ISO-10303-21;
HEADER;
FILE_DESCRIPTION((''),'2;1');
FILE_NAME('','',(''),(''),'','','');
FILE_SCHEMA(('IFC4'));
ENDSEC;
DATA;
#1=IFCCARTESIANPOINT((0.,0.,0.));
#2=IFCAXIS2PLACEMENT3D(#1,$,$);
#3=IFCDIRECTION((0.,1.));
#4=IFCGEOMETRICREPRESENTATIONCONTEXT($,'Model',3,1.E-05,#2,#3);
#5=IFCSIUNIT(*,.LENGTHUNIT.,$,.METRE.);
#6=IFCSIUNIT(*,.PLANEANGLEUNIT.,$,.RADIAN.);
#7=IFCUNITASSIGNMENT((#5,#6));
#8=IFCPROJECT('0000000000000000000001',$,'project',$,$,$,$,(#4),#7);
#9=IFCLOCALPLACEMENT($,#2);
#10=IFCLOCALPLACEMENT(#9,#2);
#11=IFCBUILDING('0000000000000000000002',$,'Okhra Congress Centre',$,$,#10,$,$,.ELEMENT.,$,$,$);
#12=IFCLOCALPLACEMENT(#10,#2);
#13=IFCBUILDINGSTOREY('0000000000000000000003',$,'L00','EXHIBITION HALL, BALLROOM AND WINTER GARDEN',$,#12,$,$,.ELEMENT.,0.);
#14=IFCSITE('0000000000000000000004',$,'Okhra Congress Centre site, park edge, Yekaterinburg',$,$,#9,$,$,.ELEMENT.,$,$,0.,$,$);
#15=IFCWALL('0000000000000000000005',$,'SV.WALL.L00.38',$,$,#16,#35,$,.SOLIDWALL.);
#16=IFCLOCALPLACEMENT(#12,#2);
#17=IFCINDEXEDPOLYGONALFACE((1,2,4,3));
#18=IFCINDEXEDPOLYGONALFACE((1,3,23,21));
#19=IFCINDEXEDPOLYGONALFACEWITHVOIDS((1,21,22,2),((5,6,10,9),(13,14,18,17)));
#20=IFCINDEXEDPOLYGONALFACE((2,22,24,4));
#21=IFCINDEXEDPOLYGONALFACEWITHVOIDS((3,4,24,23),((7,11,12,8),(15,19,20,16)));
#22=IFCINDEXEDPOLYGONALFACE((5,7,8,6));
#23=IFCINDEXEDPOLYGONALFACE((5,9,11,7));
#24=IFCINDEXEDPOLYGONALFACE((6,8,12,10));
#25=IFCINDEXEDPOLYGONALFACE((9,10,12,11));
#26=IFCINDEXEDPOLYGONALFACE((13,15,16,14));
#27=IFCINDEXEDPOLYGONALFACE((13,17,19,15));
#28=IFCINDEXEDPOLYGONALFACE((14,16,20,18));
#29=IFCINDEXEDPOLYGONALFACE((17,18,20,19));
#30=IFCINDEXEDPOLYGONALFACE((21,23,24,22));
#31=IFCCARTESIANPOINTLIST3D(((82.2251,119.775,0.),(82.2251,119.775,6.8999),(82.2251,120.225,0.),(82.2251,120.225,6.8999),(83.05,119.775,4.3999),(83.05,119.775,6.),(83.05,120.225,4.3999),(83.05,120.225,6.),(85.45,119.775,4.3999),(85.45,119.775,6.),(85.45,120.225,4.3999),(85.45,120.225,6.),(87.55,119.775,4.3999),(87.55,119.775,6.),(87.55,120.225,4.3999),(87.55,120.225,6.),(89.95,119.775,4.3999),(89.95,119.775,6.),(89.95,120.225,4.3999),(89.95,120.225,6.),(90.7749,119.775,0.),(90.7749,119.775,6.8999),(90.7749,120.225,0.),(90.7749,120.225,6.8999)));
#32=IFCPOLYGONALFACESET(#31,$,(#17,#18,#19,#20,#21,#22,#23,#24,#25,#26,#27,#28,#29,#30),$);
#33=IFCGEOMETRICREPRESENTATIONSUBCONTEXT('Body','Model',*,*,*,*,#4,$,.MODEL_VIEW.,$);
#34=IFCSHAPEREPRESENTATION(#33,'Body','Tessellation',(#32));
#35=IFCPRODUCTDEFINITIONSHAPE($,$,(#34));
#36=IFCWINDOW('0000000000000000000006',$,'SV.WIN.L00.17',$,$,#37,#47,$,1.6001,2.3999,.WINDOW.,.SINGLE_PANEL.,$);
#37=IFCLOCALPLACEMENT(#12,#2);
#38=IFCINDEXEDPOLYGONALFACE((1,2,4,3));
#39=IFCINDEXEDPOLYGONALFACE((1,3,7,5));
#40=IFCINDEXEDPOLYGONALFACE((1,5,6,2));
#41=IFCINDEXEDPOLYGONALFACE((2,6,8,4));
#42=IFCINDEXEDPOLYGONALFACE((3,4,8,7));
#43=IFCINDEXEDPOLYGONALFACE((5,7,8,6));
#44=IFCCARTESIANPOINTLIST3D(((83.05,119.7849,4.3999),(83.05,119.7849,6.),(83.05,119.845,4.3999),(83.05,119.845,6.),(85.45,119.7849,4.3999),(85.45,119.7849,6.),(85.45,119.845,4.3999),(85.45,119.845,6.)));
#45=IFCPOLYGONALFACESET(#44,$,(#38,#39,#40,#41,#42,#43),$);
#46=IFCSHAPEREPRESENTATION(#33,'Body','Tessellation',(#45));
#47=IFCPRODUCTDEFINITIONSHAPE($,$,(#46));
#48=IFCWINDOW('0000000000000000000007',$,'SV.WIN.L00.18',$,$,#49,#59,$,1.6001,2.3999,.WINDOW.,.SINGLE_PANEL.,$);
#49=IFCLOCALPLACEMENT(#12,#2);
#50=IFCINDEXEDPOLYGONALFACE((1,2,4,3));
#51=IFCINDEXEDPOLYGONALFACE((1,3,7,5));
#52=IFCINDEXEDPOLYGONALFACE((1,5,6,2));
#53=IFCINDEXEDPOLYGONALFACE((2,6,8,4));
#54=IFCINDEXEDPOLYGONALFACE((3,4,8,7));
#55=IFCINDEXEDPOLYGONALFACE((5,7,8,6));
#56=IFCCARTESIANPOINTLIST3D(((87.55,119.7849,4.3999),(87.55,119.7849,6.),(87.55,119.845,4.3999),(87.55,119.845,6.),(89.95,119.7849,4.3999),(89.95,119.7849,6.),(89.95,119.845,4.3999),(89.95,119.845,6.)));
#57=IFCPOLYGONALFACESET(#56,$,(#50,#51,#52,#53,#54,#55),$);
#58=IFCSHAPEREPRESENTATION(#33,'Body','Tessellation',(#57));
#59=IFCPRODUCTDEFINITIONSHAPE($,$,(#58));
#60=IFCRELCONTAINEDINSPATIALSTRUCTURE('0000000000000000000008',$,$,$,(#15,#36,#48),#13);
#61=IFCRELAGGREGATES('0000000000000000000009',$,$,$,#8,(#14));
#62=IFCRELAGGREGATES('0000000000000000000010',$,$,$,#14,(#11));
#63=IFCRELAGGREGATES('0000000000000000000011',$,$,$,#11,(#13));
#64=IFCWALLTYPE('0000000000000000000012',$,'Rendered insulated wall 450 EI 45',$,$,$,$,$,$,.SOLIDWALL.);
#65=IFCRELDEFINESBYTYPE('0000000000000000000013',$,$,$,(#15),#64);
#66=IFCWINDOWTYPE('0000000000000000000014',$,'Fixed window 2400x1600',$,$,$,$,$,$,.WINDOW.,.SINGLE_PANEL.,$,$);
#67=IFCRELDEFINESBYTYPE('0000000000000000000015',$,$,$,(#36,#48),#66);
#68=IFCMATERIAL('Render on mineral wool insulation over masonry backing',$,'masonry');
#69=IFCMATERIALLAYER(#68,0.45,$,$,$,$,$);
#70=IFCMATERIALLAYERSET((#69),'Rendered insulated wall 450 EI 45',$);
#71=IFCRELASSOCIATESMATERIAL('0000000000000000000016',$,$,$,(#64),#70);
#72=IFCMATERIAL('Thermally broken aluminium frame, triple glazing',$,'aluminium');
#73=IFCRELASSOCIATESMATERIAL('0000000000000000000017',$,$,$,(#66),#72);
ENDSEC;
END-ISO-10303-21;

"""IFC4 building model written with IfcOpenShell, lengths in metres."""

from ifc_helpers import new_model, si_unit, direction, frame, frame_2d, origin, place, context, subcontext, project, spatial, rectangle, extrude, material, layer, layer_set, type_object, element, fill, save


model = new_model("IFC4")

# Units and contexts
model_context = context("Model", 3, precision=1e-05, world=origin(), true_north=direction((0.0, 1.0)))
body_context = subcontext(model_context, "Body", "Model", "MODEL_VIEW")
ifc_project = project(units=[si_unit("LENGTHUNIT", "METRE"), si_unit("PLANEANGLEUNIT", "RADIAN")], contexts=[model_context])

# Site, building, storey
site_placement = place(None, origin())
site = spatial("IfcSite", under=ifc_project, at=site_placement, Name="Okhra Congress Centre site, park edge, Yekaterinburg", CompositionType="ELEMENT", RefElevation=0.0)
building_placement = place(site_placement, origin())
building = spatial("IfcBuilding", under=site, at=building_placement, Name="Okhra Congress Centre", CompositionType="ELEMENT")
storey_placement = place(building_placement, origin())
storey = spatial("IfcBuildingStorey", under=building, at=storey_placement, Name="L00", Description="EXHIBITION HALL, BALLROOM AND WINTER GARDEN", CompositionType="ELEMENT", Elevation=0.0)

# Wall, openings, windows
ifc_material_1 = material(Name="Render on mineral wool insulation over masonry backing", Category="masonry")
ifc_layer_1 = layer(ifc_material_1, 0.45)
ifc_layer_set_1 = layer_set([ifc_layer_1], Name="Rendered insulated wall 450 EI 45")
wall_type_1 = type_object("IfcWallType", Name="Rendered insulated wall 450 EI 45", PredefinedType="SOLIDWALL", material=ifc_layer_set_1)
ifc_material_2 = material(Name="Thermally broken aluminium frame, triple glazing", Category="aluminium")
window_type = type_object("IfcWindowType", Name="Fixed window 2400x1600", PartitioningType="SINGLE_PANEL", PredefinedType="WINDOW", material=ifc_material_2)
wall_1_placement = place(storey_placement, frame((90.7749, 120.0, 0.0), z_axis=(0.0, 0.0, 1.0), x_axis=(-1.0, 0.0, 0.0)))
wall_1 = element("IfcWall", 1, at=wall_1_placement, inside=storey, type_object=wall_type_1, Name="SV.WALL.L00.38", PredefinedType="SOLIDWALL", context=body_context, shape_type="SweptSolid", body=[
    extrude(rectangle(XDim=8.5498, YDim=0.45, at=frame_2d((4.2749, 0.0))), origin(), (0.0, 0.0, 1.0), 6.8999),
])
opening_1_placement = place(wall_1_placement, frame((5.325, 0.0, 4.3999)))
opening_1 = element("IfcOpeningElement", 2, at=opening_1_placement, cuts=wall_1, PredefinedType="OPENING", context=body_context, shape_type="SweptSolid", body=[
    extrude(rectangle(XDim=2.3999, YDim=1.6001, at=frame_2d((1.2, 0.8))), frame((0.0, 0.2349, 0.0), z_axis=(0.0, -1.0, 0.0), x_axis=(1.0, 0.0, 0.0)), (0.0, 0.0, 1.0), 0.47),
])
opening_2_placement = place(wall_1_placement, frame((0.825, 0.0, 4.3999)))
opening_2 = element("IfcOpeningElement", 3, at=opening_2_placement, cuts=wall_1, PredefinedType="OPENING", context=body_context, shape_type="SweptSolid", body=[
    extrude(rectangle(XDim=2.3999, YDim=1.6001, at=frame_2d((1.2, 0.8))), frame((0.0, 0.2349, 0.0), z_axis=(0.0, -1.0, 0.0), x_axis=(1.0, 0.0, 0.0)), (0.0, 0.0, 1.0), 0.47),
])
window_1_placement = place(opening_1_placement, origin())
window_1 = element("IfcWindow", 4, at=window_1_placement, inside=storey, type_object=window_type, Name="SV.WIN.L00.17", OverallHeight=1.6001, OverallWidth=2.3999, PartitioningType="SINGLE_PANEL", PredefinedType="WINDOW", context=body_context, shape_type="SweptSolid", body=[
    extrude(rectangle(XDim=2.3999, YDim=1.6001, at=frame_2d((1.2, 0.8))), frame((0.0, 0.2151, 0.0), z_axis=(0.0, -1.0, 0.0), x_axis=(1.0, 0.0, 0.0)), (0.0, 0.0, 1.0), 0.0601),
])
fill(opening_1, window_1)
window_2_placement = place(opening_2_placement, origin())
window_2 = element("IfcWindow", 5, at=window_2_placement, inside=storey, type_object=window_type, Name="SV.WIN.L00.18", OverallHeight=1.6001, OverallWidth=2.3999, PartitioningType="SINGLE_PANEL", PredefinedType="WINDOW", context=body_context, shape_type="SweptSolid", body=[
    extrude(rectangle(XDim=2.3999, YDim=1.6001, at=frame_2d((1.2, 0.8))), frame((0.0, 0.2151, 0.0), z_axis=(0.0, -1.0, 0.0), x_axis=(1.0, 0.0, 0.0)), (0.0, 0.0, 1.0), 0.0601),
])
fill(opening_2, window_2)

save(model, "model.ifc")
